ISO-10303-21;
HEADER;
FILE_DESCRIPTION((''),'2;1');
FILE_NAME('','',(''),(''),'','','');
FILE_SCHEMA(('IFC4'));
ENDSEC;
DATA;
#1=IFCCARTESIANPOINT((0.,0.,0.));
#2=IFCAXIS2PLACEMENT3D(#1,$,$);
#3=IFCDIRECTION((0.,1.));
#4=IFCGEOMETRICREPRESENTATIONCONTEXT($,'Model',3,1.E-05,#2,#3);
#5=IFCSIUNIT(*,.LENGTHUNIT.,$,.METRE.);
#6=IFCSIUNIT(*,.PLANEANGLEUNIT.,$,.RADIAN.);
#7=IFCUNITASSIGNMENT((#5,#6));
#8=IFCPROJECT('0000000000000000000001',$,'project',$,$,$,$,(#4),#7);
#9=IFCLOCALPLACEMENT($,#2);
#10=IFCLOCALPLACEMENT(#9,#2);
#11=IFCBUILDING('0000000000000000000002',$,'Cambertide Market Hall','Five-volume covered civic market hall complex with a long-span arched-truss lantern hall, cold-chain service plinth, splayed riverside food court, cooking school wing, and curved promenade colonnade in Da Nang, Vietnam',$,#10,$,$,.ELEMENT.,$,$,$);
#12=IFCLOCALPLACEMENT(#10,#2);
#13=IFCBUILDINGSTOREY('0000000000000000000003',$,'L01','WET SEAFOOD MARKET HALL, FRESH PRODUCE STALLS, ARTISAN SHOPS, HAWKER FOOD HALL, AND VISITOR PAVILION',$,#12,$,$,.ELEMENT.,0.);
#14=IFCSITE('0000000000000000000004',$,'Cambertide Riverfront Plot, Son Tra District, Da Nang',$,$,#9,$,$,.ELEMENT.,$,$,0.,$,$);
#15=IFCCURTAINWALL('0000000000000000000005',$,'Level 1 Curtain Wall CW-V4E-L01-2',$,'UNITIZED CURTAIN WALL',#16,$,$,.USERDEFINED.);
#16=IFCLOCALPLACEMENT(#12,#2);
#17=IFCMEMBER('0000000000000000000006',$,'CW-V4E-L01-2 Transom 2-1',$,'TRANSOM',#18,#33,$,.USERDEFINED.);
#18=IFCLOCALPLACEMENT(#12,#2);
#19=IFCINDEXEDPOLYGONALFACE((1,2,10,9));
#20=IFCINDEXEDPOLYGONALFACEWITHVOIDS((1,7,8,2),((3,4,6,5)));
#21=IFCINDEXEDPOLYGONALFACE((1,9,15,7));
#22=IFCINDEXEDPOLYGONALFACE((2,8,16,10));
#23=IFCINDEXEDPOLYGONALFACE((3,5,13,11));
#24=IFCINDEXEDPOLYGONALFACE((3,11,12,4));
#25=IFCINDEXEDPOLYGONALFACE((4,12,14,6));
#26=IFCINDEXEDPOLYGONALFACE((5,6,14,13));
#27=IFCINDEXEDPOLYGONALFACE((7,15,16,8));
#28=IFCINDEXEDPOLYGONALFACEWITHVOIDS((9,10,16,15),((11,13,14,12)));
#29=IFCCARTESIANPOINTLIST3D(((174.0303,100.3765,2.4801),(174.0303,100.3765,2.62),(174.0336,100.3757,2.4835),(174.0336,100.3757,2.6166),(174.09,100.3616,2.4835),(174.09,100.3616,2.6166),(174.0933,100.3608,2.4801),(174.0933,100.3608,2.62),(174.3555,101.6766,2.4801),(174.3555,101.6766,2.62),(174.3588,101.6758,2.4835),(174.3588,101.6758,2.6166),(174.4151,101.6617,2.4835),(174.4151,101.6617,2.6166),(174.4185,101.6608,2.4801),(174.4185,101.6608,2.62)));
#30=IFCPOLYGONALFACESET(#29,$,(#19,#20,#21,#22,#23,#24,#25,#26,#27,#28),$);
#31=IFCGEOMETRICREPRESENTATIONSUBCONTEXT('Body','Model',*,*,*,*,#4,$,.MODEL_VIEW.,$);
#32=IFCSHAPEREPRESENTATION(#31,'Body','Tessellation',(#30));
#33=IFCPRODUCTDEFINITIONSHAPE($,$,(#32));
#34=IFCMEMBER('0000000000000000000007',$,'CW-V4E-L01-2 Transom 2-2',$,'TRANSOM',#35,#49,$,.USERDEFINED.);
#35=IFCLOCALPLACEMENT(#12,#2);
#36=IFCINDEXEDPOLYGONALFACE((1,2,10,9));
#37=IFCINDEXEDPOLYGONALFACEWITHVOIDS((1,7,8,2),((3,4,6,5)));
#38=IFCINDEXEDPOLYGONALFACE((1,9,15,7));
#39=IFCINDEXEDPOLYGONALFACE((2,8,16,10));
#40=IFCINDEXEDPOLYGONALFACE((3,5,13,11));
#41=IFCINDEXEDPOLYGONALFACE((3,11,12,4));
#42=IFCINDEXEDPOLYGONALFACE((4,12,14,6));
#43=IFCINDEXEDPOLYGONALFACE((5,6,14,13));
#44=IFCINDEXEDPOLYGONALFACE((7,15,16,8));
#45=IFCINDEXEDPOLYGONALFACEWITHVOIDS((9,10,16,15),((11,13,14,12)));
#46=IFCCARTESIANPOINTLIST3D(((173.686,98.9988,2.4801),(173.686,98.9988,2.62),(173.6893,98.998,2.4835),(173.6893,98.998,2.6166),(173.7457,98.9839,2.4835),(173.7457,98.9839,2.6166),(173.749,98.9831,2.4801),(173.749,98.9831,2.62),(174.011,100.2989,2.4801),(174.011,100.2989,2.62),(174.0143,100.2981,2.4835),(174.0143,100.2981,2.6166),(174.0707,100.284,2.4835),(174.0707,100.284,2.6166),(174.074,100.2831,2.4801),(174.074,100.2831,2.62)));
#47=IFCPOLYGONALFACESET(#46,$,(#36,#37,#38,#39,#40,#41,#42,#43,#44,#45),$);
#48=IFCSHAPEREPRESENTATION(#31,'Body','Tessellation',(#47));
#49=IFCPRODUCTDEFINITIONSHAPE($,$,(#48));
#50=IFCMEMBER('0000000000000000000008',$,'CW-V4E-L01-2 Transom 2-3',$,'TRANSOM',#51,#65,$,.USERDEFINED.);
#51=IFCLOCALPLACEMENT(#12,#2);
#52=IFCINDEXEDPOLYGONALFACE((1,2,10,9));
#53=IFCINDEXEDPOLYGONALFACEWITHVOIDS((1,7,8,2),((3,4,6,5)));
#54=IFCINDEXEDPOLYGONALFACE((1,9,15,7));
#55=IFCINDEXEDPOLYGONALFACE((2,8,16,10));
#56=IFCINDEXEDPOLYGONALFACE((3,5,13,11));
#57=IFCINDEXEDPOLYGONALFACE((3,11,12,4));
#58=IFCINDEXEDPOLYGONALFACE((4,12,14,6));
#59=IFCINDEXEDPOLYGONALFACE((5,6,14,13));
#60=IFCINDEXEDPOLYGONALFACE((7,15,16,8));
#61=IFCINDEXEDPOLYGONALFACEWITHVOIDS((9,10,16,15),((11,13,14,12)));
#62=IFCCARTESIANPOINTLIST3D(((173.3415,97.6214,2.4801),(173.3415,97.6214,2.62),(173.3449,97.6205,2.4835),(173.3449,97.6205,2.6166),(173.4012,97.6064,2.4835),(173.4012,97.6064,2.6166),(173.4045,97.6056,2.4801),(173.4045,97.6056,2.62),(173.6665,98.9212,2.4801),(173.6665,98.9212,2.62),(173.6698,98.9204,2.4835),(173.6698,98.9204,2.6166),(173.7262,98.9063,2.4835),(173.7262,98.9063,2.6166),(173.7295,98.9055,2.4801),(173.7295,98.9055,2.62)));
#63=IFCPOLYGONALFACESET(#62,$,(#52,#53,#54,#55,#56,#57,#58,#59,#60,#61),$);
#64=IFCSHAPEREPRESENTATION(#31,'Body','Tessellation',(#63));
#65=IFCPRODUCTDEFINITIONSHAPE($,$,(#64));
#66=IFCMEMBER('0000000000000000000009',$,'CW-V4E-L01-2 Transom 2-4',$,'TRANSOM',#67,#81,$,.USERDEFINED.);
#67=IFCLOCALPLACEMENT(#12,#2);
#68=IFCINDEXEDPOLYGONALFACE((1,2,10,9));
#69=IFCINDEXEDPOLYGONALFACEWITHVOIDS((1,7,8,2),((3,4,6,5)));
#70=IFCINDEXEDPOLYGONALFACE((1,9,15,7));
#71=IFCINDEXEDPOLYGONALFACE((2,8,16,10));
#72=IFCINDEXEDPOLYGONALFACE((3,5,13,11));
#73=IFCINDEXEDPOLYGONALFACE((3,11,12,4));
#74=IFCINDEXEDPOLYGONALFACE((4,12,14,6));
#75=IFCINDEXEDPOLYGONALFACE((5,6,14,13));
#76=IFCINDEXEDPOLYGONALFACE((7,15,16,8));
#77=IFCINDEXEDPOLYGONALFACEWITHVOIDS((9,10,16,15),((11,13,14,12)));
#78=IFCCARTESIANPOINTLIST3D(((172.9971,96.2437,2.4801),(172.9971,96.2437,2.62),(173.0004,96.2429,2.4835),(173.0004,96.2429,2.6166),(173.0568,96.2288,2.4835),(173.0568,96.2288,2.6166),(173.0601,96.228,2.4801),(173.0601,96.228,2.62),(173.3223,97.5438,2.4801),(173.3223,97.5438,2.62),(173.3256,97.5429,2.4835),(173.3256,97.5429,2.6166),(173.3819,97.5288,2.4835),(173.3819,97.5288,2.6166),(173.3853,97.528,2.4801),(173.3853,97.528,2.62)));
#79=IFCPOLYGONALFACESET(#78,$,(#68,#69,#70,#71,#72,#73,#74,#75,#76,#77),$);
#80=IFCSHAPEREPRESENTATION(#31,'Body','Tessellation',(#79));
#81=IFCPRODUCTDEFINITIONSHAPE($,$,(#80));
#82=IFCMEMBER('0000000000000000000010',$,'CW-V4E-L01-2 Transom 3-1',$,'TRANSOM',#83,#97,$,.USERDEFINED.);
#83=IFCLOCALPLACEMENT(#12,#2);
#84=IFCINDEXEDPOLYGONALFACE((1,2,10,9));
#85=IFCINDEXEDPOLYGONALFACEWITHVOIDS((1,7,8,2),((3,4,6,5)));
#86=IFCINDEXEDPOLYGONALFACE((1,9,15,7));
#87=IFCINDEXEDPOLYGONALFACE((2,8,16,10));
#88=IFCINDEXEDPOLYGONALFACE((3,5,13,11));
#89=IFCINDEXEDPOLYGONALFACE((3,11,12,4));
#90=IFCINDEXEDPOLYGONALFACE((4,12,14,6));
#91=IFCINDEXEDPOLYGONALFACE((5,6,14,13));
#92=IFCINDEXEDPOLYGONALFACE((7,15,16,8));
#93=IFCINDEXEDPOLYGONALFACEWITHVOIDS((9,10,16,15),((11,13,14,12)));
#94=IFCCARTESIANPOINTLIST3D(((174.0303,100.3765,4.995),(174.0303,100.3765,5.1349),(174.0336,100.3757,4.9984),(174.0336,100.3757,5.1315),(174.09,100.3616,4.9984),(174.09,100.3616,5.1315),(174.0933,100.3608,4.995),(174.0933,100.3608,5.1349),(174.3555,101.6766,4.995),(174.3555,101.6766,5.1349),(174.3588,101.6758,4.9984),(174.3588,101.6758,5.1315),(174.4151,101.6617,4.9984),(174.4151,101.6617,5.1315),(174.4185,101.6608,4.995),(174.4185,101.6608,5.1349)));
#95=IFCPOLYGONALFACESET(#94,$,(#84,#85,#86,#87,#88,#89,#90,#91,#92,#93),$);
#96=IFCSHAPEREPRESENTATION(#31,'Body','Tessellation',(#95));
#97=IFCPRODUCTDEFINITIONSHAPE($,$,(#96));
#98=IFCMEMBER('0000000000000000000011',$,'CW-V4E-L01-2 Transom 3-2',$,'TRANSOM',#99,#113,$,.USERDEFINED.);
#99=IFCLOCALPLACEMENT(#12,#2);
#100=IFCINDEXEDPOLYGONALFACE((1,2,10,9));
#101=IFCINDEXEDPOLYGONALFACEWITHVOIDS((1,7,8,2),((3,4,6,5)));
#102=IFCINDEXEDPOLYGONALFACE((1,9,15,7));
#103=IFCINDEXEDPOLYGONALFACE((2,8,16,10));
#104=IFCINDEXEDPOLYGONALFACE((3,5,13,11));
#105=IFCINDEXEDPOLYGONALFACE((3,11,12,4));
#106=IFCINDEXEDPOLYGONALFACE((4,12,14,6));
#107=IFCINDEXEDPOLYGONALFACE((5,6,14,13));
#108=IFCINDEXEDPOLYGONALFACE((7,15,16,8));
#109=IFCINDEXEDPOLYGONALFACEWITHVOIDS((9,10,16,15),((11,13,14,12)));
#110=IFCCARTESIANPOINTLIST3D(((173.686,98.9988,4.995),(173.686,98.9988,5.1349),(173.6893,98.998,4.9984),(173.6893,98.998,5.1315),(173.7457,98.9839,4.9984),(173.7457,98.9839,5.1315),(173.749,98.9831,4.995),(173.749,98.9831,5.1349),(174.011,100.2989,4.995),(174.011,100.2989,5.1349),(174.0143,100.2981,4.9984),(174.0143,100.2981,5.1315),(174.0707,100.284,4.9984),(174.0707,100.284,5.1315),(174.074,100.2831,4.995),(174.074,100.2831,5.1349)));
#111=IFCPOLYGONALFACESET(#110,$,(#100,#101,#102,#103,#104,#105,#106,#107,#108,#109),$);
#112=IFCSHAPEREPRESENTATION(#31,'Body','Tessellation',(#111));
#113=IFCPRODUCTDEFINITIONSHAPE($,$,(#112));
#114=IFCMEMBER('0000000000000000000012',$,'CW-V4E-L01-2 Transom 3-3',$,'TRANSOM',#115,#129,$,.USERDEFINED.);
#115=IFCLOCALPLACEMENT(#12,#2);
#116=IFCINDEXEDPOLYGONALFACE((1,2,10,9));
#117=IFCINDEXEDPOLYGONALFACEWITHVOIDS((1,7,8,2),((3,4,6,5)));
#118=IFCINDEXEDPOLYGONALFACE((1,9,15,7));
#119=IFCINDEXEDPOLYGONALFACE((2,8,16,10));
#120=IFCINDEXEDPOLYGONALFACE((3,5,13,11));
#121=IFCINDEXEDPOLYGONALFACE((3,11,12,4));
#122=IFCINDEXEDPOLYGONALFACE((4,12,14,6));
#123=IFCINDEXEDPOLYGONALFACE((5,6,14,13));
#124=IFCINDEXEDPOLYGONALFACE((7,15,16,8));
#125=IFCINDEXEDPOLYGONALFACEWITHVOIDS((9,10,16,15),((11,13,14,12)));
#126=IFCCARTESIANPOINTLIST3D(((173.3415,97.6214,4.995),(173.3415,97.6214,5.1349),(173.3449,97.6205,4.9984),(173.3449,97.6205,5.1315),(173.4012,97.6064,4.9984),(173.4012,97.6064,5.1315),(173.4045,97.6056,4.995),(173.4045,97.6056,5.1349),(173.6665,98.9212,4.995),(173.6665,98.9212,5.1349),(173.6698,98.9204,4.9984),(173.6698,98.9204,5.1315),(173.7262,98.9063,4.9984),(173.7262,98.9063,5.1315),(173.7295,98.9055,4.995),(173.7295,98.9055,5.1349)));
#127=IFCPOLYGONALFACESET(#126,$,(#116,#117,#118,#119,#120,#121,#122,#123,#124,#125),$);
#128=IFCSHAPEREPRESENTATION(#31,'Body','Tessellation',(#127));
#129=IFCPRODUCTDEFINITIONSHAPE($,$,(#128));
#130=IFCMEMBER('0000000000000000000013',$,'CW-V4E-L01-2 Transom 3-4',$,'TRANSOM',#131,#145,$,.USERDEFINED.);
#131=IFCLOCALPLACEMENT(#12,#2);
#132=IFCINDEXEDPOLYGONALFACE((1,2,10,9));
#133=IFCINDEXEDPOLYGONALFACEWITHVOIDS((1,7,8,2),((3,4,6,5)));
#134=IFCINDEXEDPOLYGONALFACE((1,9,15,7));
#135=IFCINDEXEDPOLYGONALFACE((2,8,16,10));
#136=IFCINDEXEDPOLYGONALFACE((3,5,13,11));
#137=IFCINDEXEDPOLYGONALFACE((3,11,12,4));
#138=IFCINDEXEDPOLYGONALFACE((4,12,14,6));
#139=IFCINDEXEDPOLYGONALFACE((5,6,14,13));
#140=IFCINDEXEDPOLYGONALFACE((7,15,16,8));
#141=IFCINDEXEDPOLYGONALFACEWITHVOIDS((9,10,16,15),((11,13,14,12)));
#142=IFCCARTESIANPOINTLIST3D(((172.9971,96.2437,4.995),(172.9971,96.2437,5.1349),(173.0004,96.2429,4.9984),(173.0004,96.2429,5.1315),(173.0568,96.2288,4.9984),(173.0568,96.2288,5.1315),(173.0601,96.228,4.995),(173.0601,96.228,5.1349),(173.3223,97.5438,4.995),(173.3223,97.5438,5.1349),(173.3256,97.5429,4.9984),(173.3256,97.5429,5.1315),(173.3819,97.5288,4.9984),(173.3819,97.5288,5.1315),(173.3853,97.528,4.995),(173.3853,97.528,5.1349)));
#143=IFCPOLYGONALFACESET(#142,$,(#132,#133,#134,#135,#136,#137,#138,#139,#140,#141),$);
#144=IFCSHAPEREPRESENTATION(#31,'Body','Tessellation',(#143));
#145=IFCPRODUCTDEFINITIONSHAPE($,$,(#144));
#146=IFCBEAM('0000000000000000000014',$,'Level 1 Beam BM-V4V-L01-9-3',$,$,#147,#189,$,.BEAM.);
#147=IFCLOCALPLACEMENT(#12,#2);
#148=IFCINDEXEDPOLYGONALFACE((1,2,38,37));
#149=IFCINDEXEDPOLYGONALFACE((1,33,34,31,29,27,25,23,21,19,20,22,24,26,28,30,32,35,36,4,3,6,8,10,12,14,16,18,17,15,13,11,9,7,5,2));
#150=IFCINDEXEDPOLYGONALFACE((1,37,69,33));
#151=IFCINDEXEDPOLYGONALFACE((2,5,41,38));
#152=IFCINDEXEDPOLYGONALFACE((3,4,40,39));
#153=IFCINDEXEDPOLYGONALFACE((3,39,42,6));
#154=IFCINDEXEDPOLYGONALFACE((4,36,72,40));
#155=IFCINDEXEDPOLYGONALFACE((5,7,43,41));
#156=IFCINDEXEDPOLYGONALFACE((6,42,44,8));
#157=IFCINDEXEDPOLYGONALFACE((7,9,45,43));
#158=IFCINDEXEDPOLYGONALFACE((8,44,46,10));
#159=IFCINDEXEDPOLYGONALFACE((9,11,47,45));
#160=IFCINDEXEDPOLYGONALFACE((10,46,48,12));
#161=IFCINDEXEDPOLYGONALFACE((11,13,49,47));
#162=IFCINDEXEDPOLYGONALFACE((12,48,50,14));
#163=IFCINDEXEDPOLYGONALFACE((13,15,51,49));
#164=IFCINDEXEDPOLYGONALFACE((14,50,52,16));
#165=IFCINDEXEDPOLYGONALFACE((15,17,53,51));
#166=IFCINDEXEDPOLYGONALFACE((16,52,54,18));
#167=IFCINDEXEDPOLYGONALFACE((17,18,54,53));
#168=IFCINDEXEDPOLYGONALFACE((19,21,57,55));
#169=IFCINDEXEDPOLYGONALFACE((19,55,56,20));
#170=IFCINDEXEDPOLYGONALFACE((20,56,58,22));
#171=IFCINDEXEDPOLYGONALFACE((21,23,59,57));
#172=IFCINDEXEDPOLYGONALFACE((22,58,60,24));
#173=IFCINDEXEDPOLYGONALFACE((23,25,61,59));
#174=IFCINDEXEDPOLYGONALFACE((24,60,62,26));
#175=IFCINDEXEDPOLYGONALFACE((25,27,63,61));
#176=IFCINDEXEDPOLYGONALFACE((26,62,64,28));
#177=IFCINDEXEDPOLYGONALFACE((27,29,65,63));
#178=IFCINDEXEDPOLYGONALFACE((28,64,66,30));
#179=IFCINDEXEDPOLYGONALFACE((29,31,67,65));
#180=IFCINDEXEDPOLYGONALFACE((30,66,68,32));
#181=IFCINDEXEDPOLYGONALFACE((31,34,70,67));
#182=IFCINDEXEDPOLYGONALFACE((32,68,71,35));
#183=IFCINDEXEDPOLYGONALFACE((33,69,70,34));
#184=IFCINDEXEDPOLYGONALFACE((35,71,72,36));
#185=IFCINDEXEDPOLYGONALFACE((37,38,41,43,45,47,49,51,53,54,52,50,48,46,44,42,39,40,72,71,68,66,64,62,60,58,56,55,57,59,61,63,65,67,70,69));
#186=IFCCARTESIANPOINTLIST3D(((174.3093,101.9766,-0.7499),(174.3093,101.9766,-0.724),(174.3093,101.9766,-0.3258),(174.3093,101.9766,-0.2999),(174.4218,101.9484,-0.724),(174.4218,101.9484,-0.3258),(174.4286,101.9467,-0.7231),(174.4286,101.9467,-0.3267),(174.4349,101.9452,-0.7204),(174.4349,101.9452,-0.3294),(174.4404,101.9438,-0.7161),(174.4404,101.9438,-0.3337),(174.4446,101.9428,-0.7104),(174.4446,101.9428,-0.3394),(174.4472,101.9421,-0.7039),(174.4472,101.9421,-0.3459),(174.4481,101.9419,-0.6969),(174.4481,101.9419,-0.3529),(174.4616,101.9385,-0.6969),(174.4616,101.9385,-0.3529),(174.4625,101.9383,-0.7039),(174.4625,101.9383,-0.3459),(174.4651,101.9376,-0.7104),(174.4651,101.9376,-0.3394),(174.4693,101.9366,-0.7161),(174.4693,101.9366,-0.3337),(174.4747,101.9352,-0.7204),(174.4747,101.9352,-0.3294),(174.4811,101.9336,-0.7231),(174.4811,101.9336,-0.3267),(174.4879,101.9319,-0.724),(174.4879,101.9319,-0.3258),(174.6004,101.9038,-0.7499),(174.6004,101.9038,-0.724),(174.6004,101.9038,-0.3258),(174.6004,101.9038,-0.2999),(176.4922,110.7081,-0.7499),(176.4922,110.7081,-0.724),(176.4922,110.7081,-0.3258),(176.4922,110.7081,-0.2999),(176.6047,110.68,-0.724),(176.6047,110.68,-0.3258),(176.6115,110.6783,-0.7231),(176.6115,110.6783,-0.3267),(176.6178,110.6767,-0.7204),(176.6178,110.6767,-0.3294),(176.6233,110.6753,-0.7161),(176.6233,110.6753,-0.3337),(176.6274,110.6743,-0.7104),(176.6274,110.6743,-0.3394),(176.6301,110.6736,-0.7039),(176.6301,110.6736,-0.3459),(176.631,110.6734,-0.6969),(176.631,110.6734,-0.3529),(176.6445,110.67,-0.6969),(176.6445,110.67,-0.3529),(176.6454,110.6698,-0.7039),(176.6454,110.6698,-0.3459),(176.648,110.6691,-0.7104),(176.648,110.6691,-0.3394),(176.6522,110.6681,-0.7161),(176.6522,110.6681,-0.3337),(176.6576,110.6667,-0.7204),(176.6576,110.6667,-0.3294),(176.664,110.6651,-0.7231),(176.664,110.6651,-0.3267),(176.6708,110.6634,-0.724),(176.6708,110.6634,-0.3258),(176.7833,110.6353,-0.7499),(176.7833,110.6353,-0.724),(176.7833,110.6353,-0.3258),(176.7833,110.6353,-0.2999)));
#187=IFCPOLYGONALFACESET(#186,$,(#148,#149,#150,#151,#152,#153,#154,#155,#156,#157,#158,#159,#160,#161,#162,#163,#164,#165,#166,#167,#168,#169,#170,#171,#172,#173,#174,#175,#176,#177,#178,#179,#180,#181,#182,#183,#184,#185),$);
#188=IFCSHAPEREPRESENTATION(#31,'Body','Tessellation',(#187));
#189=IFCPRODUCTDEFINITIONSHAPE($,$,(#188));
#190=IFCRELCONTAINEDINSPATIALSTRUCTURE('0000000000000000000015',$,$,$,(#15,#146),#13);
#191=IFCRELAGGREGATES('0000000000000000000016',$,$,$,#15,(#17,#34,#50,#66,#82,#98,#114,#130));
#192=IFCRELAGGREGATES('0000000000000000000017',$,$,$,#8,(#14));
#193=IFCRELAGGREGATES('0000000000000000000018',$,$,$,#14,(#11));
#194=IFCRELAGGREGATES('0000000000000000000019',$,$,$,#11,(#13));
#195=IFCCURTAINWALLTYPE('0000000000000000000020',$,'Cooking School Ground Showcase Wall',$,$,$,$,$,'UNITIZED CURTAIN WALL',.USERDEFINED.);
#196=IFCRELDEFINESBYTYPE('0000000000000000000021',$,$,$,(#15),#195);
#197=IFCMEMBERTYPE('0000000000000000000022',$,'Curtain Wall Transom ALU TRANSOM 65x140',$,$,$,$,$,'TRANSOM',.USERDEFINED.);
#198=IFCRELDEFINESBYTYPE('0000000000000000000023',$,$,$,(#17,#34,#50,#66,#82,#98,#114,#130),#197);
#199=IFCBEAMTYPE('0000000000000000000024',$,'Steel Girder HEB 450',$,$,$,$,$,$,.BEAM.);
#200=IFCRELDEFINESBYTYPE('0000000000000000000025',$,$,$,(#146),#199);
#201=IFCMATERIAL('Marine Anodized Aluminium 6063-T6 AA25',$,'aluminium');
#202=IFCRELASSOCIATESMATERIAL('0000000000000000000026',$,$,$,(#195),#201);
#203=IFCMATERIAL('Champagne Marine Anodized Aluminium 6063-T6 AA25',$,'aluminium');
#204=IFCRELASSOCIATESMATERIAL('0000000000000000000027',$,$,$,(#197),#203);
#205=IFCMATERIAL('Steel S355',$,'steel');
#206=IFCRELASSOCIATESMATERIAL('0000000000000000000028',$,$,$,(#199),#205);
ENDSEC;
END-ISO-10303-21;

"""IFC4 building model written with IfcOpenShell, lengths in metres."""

from ifc_helpers import new_model, si_unit, direction, frame, origin, origin_2d, place, context, subcontext, project, spatial, hollow_rectangle, i_section, extrude, material, material_profile, profile_set, type_object, element, aggregate, save


model = new_model("IFC4")

# Units and contexts
model_context = context("Model", 3, precision=1e-05, world=origin(), true_north=direction((0.0, 1.0)))
body_context = subcontext(model_context, "Body", "Model", "MODEL_VIEW")
ifc_project = project(units=[si_unit("LENGTHUNIT", "METRE"), si_unit("PLANEANGLEUNIT", "RADIAN")], contexts=[model_context])

# Site, building, storey
site_placement = place(None, origin())
site = spatial("IfcSite", under=ifc_project, at=site_placement, Name="Cambertide Riverfront Plot, Son Tra District, Da Nang", CompositionType="ELEMENT", RefElevation=0.0)
building_placement = place(site_placement, origin())
building = spatial("IfcBuilding", under=site, at=building_placement, Name="Cambertide Market Hall", Description="Five-volume covered civic market hall complex with a long-span arched-truss lantern hall, cold-chain service plinth, splayed riverside food court, cooking school wing, and curved promenade colonnade in Da Nang, Vietnam", CompositionType="ELEMENT")
storey_placement = place(building_placement, origin())
storey = spatial("IfcBuildingStorey", under=building, at=storey_placement, Name="L01", Description="WET SEAFOOD MARKET HALL, FRESH PRODUCE STALLS, ARTISAN SHOPS, HAWKER FOOD HALL, AND VISITOR PAVILION", CompositionType="ELEMENT", Elevation=0.0)

# Curtain wall
ifc_material_1 = material(Name="Marine Anodized Aluminium 6063-T6 AA25", Category="aluminium")
curtain_wall_type = type_object("IfcCurtainWallType", Name="Cooking School Ground Showcase Wall", ElementType="UNITIZED CURTAIN WALL", PredefinedType="USERDEFINED", material=ifc_material_1)
curtain_wall_1_placement = place(storey_placement, origin())
curtain_wall_1 = element("IfcCurtainWall", 1, at=curtain_wall_1_placement, inside=storey, type_object=curtain_wall_type, Name="Level 1 Curtain Wall CW-V4E-L01-2", ObjectType="UNITIZED CURTAIN WALL", PredefinedType="USERDEFINED")

# Members
ifc_material_2 = material(Name="Champagne Marine Anodized Aluminium 6063-T6 AA25", Category="aluminium")
ifc_material_profile_1 = material_profile(ifc_material_2, hollow_rectangle(XDim=0.0649, YDim=0.1399, WallThickness=0.0034, at=origin_2d()), Name="ALU TRANSOM 65x140")
ifc_profile_set_1 = profile_set([ifc_material_profile_1], Name="Champagne Marine Anodized Aluminium 6063-T6 AA25")
member_type_1 = type_object("IfcMemberType", Name="Curtain Wall Transom ALU TRANSOM 65x140", ElementType="TRANSOM", PredefinedType="USERDEFINED", material=ifc_profile_set_1)
member_1_placement = place(storey_placement, frame((174.387, 101.6687, 2.55), z_axis=(-0.242664, -0.97011, 0.0), x_axis=(0.97011, -0.242664, 0.0)))
member_1 = element("IfcMember", 2, at=member_1_placement, type_object=member_type_1, Name="CW-V4E-L01-2 Transom 2-1", ObjectType="TRANSOM", PredefinedType="USERDEFINED", context=body_context, shape_type="SweptSolid", body=[
    extrude(hollow_rectangle(XDim=0.0649, YDim=0.1399, WallThickness=0.0034, at=origin_2d()), origin(), (0.0, 0.0, 1.0), 1.3401),
])
member_2_placement = place(storey_placement, frame((174.0425, 100.291, 2.55), z_axis=(-0.242493, -0.970153, 0.0), x_axis=(0.970153, -0.242493, 0.0)))
member_2 = element("IfcMember", 3, at=member_2_placement, type_object=member_type_1, Name="CW-V4E-L01-2 Transom 2-2", ObjectType="TRANSOM", PredefinedType="USERDEFINED", context=body_context, shape_type="SweptSolid", body=[
    extrude(hollow_rectangle(XDim=0.0649, YDim=0.1399, WallThickness=0.0034, at=origin_2d()), origin(), (0.0, 0.0, 1.0), 1.3401),
])
member_3_placement = place(storey_placement, frame((173.698, 98.9133, 2.55), z_axis=(-0.242536, -0.970143, 0.0), x_axis=(0.970143, -0.242536, 0.0)))
member_3 = element("IfcMember", 4, at=member_3_placement, type_object=member_type_1, Name="CW-V4E-L01-2 Transom 2-3", ObjectType="TRANSOM", PredefinedType="USERDEFINED", context=body_context, shape_type="SweptSolid", body=[
    extrude(hollow_rectangle(XDim=0.0649, YDim=0.1399, WallThickness=0.0034, at=origin_2d()), origin(), (0.0, 0.0, 1.0), 1.3398),
])
member_4_placement = place(storey_placement, frame((173.3538, 97.5359, 2.55), z_axis=(-0.242664, -0.97011, 0.0), x_axis=(0.97011, -0.242664, 0.0)))
member_4 = element("IfcMember", 5, at=member_4_placement, type_object=member_type_1, Name="CW-V4E-L01-2 Transom 2-4", ObjectType="TRANSOM", PredefinedType="USERDEFINED", context=body_context, shape_type="SweptSolid", body=[
    extrude(hollow_rectangle(XDim=0.0649, YDim=0.1399, WallThickness=0.0034, at=origin_2d()), origin(), (0.0, 0.0, 1.0), 1.3401),
])
member_5_placement = place(storey_placement, frame((174.387, 101.6687, 5.0649), z_axis=(-0.242664, -0.97011, 0.0), x_axis=(0.97011, -0.242664, 0.0)))
member_5 = element("IfcMember", 6, at=member_5_placement, type_object=member_type_1, Name="CW-V4E-L01-2 Transom 3-1", ObjectType="TRANSOM", PredefinedType="USERDEFINED", context=body_context, shape_type="SweptSolid", body=[
    extrude(hollow_rectangle(XDim=0.0649, YDim=0.1399, WallThickness=0.0034, at=origin_2d()), origin(), (0.0, 0.0, 1.0), 1.3401),
])
member_6_placement = place(storey_placement, frame((174.0425, 100.291, 5.0649), z_axis=(-0.242493, -0.970153, 0.0), x_axis=(0.970153, -0.242493, 0.0)))
member_6 = element("IfcMember", 7, at=member_6_placement, type_object=member_type_1, Name="CW-V4E-L01-2 Transom 3-2", ObjectType="TRANSOM", PredefinedType="USERDEFINED", context=body_context, shape_type="SweptSolid", body=[
    extrude(hollow_rectangle(XDim=0.0649, YDim=0.1399, WallThickness=0.0034, at=origin_2d()), origin(), (0.0, 0.0, 1.0), 1.3401),
])
member_7_placement = place(storey_placement, frame((173.698, 98.9133, 5.0649), z_axis=(-0.242536, -0.970143, 0.0), x_axis=(0.970143, -0.242536, 0.0)))
member_7 = element("IfcMember", 8, at=member_7_placement, type_object=member_type_1, Name="CW-V4E-L01-2 Transom 3-3", ObjectType="TRANSOM", PredefinedType="USERDEFINED", context=body_context, shape_type="SweptSolid", body=[
    extrude(hollow_rectangle(XDim=0.0649, YDim=0.1399, WallThickness=0.0034, at=origin_2d()), origin(), (0.0, 0.0, 1.0), 1.3398),
])
member_8_placement = place(storey_placement, frame((173.3538, 97.5359, 5.0649), z_axis=(-0.242664, -0.97011, 0.0), x_axis=(0.97011, -0.242664, 0.0)))
member_8 = element("IfcMember", 9, at=member_8_placement, type_object=member_type_1, Name="CW-V4E-L01-2 Transom 3-4", ObjectType="TRANSOM", PredefinedType="USERDEFINED", context=body_context, shape_type="SweptSolid", body=[
    extrude(hollow_rectangle(XDim=0.0649, YDim=0.1399, WallThickness=0.0034, at=origin_2d()), origin(), (0.0, 0.0, 1.0), 1.3401),
])

# Beam
ifc_material_3 = material(Name="Steel S355", Category="steel")
ifc_material_profile_2 = material_profile(ifc_material_3, i_section(OverallWidth=0.3, OverallDepth=0.45, WebThickness=0.0139, FlangeThickness=0.0259, FilletRadius=0.0271, at=origin_2d()), Name="HEB 450")
ifc_profile_set_2 = profile_set([ifc_material_profile_2], Name="Steel S355")
beam_type = type_object("IfcBeamType", Name="Steel Girder HEB 450", PredefinedType="BEAM", material=ifc_profile_set_2)
beam_placement = place(storey_placement, frame((174.4548, 101.9402, -0.5249), z_axis=(0.242536, 0.970143, 0.0), x_axis=(-0.970143, 0.242536, 0.0)))
element("IfcBeam", 10, at=beam_placement, inside=storey, type_object=beam_type, Name="Level 1 Beam BM-V4V-L01-9-3", PredefinedType="BEAM", context=body_context, shape_type="SweptSolid", body=[
    extrude(i_section(OverallWidth=0.3, OverallDepth=0.45, WebThickness=0.0139, FlangeThickness=0.0259, FilletRadius=0.0271, at=origin_2d()), origin(), (0.0, 0.0, 1.0), 9.0002),
])

aggregate(curtain_wall_1, [member_1, member_2, member_3, member_4, member_5, member_6, member_7, member_8])

save(model, "model.ifc")
